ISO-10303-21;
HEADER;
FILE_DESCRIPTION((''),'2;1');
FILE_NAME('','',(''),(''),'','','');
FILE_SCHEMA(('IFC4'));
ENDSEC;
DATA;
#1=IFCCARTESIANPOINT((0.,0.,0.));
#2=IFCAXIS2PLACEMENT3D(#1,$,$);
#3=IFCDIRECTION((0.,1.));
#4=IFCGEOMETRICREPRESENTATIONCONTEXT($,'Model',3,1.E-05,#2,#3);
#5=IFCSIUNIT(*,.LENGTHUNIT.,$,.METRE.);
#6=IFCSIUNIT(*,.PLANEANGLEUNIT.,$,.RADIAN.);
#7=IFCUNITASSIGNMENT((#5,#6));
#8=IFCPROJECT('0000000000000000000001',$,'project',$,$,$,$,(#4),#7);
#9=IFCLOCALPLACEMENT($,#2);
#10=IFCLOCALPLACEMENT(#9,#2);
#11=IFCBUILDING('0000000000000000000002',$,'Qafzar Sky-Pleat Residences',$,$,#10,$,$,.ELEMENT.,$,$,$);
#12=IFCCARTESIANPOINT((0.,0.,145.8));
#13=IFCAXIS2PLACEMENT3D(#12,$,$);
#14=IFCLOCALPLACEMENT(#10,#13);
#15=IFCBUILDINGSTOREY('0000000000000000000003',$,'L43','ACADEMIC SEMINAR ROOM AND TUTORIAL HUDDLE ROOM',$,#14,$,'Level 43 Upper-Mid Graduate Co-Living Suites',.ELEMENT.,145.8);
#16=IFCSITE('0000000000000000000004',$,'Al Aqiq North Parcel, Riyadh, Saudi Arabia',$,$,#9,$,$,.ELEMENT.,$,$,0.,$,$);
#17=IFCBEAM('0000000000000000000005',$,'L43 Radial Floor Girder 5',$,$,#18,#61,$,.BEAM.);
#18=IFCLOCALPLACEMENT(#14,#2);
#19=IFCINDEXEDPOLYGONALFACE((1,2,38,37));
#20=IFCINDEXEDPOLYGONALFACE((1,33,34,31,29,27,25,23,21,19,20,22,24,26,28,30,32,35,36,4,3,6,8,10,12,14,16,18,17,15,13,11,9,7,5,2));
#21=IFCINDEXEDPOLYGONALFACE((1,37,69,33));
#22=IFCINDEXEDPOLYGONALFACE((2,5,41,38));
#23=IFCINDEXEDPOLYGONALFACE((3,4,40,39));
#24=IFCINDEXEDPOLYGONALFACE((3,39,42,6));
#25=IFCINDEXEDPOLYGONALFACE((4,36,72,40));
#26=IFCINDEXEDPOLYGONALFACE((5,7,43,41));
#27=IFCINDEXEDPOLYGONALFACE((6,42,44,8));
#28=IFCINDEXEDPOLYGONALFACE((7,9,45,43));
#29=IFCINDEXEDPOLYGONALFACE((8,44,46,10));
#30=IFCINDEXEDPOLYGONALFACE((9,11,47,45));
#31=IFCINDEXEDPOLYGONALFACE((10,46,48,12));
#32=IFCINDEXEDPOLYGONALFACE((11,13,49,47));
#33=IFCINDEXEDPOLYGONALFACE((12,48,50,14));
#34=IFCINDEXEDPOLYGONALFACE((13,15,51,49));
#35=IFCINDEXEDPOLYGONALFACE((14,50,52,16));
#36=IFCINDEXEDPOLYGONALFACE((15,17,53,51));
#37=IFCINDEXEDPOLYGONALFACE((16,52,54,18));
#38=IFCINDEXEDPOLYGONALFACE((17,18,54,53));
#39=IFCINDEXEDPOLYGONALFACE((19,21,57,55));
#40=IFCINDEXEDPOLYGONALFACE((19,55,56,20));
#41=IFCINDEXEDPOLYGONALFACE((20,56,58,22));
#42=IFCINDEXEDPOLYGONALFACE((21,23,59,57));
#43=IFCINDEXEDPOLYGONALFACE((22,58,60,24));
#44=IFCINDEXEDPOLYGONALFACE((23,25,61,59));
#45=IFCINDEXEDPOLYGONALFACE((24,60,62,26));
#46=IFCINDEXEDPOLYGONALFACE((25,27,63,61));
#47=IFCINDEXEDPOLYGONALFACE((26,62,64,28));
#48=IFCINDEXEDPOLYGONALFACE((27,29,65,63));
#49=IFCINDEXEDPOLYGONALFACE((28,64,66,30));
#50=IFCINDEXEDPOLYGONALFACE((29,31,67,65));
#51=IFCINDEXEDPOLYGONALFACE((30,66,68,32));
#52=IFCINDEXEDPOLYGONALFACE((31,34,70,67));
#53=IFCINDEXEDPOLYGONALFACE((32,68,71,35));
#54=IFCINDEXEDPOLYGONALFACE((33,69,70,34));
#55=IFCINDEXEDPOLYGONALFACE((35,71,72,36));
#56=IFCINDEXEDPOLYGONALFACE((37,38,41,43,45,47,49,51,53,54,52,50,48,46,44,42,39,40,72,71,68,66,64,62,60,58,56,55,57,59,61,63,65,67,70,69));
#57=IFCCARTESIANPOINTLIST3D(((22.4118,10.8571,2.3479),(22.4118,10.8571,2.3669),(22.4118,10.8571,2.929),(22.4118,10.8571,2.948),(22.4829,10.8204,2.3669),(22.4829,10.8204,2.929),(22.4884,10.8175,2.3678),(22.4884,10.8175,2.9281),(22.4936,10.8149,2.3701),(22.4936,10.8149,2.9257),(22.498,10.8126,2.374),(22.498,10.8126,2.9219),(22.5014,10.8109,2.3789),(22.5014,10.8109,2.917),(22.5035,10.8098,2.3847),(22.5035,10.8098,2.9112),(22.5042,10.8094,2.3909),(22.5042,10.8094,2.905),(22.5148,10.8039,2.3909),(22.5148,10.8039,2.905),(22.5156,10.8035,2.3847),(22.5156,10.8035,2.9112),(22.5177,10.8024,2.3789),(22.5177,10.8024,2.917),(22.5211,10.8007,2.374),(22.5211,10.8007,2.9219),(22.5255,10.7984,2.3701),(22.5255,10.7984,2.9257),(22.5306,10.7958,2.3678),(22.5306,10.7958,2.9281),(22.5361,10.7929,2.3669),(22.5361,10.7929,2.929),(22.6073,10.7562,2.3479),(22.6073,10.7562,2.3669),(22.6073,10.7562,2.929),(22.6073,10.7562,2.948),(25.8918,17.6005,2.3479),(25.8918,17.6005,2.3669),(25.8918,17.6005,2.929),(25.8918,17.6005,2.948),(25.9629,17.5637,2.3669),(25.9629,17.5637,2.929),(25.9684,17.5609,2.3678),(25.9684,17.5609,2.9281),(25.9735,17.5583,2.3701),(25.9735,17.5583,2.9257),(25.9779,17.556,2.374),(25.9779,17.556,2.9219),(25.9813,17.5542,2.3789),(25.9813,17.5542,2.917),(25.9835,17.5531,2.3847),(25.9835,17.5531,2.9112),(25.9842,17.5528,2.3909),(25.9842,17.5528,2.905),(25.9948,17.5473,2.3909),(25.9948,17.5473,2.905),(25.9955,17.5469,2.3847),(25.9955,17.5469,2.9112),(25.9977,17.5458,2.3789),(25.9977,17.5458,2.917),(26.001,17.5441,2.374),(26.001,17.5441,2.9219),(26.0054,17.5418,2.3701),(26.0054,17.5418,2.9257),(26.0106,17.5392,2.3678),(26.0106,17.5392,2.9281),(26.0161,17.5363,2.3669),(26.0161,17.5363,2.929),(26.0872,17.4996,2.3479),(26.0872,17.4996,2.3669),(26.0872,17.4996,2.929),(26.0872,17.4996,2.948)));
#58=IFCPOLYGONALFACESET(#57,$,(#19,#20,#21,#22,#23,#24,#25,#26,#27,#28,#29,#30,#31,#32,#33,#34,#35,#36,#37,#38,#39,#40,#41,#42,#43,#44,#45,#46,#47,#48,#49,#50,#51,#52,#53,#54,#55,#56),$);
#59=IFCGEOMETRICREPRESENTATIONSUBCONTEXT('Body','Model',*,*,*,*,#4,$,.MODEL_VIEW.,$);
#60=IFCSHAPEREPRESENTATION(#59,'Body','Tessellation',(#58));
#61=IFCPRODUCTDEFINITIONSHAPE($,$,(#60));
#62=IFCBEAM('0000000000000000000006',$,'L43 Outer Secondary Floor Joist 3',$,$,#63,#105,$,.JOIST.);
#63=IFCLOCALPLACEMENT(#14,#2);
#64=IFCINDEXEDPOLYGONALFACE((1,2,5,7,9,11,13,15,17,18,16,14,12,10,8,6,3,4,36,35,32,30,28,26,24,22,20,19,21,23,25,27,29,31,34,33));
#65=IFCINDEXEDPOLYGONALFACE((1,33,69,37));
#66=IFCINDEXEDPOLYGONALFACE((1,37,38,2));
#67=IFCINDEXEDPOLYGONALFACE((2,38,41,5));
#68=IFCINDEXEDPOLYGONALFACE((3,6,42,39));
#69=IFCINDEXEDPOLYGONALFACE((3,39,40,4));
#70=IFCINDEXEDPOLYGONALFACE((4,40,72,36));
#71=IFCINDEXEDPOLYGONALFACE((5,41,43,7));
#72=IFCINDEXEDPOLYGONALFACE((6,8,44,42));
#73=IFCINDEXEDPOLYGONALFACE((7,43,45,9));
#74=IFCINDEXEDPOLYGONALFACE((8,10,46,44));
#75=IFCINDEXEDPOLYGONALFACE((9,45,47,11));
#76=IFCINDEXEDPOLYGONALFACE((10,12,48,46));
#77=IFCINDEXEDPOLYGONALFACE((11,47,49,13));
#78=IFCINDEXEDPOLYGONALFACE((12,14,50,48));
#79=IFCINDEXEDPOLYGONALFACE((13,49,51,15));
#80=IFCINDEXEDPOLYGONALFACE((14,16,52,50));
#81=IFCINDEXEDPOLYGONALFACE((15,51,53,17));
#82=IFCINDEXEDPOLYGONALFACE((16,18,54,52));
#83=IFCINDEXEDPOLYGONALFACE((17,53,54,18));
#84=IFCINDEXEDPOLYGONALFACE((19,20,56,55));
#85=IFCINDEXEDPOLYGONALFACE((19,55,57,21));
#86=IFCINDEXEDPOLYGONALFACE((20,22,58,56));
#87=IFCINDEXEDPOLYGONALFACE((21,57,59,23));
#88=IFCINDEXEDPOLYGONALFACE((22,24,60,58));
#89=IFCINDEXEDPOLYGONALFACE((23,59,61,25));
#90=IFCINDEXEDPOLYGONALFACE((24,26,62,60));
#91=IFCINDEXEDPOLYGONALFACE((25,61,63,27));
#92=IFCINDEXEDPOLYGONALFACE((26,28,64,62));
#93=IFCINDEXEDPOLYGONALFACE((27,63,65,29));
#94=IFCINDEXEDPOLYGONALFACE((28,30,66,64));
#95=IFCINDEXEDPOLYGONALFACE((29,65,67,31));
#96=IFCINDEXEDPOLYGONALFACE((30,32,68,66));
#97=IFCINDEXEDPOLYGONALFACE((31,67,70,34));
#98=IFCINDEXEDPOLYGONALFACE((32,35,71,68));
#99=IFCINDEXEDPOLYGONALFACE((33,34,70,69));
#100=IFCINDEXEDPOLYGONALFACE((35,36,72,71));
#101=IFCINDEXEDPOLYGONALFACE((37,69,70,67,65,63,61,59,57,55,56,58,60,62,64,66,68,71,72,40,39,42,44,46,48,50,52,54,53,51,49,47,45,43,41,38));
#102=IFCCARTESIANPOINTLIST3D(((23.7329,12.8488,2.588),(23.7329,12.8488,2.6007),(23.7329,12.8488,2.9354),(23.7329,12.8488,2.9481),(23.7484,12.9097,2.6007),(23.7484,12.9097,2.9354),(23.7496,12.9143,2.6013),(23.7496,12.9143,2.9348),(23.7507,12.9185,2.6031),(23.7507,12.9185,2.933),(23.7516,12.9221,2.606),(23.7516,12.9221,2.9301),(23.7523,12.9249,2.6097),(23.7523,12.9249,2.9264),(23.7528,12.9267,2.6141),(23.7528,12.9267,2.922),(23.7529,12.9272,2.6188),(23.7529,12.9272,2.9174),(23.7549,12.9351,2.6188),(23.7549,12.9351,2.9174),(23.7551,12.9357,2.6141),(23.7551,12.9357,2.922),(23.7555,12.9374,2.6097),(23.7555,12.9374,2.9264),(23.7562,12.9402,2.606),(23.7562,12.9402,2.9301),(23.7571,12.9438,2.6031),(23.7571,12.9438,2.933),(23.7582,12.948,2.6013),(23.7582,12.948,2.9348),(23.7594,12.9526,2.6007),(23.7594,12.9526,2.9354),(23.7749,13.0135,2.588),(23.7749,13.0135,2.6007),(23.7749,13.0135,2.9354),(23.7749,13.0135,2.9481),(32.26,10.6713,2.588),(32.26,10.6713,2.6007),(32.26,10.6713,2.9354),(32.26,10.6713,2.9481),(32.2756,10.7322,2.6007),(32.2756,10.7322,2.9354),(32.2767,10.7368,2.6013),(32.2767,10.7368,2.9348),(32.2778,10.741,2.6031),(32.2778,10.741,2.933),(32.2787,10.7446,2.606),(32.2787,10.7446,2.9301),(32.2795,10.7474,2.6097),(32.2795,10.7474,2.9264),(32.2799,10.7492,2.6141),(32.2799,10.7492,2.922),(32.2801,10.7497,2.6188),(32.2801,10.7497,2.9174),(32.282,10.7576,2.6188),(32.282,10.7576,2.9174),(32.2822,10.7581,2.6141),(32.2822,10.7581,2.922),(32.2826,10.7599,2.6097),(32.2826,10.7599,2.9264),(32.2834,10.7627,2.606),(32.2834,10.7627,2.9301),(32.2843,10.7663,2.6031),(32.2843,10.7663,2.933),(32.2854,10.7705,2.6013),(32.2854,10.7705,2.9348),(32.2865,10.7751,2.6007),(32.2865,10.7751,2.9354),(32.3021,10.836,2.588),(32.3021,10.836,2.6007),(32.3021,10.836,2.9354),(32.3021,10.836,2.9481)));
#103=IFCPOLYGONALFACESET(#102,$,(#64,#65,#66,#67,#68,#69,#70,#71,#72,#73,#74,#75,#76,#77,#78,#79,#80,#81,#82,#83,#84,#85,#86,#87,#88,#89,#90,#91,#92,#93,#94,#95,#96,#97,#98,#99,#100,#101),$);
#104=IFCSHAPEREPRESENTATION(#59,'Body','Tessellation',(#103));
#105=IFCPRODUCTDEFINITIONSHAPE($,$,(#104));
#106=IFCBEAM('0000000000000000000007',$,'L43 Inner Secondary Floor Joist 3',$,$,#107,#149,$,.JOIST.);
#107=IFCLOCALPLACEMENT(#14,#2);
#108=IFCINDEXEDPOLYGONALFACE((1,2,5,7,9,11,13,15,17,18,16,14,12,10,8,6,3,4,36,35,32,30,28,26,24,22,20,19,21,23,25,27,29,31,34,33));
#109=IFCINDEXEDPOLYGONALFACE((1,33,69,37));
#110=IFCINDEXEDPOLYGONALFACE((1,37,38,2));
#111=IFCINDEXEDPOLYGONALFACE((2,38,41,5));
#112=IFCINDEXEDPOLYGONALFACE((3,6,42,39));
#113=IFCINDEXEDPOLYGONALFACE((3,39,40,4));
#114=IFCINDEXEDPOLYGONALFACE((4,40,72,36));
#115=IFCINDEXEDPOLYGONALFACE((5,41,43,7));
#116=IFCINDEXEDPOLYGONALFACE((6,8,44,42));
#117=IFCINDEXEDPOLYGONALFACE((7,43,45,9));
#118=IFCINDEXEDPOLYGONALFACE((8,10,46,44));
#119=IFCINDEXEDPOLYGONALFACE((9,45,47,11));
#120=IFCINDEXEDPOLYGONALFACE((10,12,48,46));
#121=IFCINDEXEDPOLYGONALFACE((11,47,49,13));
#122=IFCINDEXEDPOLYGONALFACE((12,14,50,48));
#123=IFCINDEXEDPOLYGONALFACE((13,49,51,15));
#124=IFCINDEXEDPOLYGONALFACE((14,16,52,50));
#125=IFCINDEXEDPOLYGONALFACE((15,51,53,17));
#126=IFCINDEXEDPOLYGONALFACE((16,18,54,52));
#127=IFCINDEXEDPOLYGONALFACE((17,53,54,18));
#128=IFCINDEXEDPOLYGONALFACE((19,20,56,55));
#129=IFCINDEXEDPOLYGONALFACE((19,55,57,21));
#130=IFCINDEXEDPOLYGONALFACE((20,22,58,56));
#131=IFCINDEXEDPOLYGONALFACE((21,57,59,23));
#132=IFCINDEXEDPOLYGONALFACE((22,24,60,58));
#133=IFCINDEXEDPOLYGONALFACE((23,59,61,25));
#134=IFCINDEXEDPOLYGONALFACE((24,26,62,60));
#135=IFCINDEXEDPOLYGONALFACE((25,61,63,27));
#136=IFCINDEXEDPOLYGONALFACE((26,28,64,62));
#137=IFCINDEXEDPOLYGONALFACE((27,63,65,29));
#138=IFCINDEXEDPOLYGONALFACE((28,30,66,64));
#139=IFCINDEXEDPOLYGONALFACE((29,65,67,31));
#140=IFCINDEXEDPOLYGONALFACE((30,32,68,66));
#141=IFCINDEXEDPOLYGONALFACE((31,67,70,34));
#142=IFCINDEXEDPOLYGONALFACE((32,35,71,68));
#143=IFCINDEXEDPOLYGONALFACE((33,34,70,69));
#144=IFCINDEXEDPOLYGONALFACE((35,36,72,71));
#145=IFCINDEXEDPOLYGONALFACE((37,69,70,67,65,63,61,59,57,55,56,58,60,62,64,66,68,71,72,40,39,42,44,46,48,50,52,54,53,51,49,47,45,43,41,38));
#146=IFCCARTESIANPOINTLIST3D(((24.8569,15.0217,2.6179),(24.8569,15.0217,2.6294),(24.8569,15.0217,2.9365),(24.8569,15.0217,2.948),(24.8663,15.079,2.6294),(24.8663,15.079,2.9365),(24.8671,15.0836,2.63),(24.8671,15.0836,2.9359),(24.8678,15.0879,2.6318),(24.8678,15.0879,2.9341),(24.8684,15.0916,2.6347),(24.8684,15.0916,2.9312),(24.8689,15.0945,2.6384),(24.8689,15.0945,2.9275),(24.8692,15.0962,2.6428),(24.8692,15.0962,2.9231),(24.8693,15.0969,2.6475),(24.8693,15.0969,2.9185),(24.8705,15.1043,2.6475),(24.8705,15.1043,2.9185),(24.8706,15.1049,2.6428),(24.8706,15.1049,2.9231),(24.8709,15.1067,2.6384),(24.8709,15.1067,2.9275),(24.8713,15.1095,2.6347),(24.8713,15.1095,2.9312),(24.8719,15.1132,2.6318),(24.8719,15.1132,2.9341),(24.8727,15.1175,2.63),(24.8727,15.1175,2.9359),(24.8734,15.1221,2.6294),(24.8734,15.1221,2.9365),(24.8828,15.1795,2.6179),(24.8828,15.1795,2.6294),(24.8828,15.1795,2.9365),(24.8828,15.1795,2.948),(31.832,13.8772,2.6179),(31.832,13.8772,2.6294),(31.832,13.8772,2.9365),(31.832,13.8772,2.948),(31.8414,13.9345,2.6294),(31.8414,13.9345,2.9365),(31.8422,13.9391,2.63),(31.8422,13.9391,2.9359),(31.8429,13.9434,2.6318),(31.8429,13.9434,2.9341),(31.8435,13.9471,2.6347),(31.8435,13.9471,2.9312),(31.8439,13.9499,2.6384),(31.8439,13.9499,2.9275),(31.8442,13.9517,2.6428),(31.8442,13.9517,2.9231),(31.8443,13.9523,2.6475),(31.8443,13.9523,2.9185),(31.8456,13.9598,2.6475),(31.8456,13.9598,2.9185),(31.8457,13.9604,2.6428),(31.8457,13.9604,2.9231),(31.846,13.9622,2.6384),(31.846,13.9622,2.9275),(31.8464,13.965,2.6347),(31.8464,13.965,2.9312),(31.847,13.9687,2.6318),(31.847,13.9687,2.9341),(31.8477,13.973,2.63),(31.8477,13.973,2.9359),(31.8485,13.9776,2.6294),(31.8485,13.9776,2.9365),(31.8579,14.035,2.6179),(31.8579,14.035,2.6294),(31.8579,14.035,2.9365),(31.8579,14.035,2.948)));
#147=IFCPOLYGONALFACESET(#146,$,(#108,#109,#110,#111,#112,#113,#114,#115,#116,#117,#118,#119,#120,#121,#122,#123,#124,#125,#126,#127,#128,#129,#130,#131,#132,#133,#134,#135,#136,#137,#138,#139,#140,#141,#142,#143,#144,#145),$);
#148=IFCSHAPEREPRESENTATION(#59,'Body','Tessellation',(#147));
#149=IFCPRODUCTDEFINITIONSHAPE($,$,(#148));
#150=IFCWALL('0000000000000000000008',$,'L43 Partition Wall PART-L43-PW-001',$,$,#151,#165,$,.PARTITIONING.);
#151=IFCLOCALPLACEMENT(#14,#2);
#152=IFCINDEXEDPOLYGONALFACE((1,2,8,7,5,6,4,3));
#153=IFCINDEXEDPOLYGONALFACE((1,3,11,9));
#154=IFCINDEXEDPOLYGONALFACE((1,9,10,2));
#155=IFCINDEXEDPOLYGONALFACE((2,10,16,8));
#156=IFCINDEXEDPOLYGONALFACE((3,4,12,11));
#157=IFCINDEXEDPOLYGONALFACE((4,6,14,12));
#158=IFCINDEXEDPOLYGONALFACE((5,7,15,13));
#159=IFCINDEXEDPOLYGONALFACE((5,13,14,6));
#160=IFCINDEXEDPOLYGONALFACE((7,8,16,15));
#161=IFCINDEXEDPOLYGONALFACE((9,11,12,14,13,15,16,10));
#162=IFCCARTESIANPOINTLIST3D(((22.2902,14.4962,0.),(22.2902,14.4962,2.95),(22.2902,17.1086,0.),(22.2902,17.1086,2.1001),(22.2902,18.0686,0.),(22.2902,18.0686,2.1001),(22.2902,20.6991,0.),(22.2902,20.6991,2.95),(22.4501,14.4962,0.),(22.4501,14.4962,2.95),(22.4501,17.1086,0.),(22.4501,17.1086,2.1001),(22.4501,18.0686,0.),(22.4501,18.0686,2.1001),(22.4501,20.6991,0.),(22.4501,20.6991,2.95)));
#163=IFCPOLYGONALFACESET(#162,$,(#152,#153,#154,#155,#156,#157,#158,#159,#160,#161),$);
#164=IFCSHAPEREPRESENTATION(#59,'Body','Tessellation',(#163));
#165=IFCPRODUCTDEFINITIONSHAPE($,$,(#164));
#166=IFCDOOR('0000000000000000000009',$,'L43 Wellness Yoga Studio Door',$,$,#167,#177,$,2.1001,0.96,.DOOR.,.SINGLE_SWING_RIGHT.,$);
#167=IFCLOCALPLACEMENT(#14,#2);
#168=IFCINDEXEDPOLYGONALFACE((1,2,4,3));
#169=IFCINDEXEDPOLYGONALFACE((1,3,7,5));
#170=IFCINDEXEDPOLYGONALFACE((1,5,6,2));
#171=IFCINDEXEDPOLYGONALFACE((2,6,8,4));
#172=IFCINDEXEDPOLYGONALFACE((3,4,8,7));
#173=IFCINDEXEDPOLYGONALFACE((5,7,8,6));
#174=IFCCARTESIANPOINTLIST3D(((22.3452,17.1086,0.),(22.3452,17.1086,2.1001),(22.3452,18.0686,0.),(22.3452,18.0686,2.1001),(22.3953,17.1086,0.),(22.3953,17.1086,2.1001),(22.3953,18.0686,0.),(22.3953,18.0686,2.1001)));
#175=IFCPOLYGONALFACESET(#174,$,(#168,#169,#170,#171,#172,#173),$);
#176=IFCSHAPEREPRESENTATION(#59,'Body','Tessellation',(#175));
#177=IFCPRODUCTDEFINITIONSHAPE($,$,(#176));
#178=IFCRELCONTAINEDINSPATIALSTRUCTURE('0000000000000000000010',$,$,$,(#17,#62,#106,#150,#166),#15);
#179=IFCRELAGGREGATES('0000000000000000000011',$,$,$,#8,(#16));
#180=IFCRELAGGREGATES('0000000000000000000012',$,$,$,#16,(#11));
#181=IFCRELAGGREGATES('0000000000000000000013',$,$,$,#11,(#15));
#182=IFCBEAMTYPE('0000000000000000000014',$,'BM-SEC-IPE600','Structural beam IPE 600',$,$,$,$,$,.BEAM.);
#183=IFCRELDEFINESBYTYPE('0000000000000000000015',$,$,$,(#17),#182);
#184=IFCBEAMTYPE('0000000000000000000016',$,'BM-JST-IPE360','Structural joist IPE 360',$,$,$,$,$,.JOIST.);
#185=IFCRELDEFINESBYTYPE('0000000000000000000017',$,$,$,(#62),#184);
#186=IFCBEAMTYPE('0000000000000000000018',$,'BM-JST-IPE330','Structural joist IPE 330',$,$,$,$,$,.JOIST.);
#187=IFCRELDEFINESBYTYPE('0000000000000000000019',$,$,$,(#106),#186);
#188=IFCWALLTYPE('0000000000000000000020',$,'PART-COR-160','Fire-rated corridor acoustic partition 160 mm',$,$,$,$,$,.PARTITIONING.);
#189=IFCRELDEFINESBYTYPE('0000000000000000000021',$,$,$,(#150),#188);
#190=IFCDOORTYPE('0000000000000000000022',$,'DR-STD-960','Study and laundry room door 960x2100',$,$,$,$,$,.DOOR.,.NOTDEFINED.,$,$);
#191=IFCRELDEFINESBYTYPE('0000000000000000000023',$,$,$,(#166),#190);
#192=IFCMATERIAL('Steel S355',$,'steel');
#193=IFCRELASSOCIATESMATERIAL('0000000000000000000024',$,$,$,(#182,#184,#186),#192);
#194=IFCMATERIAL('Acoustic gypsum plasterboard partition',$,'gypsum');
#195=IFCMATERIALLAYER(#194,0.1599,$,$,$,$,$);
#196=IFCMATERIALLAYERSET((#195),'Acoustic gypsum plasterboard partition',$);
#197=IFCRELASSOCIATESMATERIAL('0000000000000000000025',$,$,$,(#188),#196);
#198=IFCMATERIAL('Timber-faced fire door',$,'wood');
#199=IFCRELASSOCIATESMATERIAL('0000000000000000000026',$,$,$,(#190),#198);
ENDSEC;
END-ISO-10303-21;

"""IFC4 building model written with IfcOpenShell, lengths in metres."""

from ifc_helpers import new_model, si_unit, direction, frame, frame_2d, origin, origin_2d, place, context, subcontext, project, spatial, rectangle, i_section, extrude, source, transform, mapped, material, layer, layer_set, material_profile, profile_set, type_object, element, fill, save


model = new_model("IFC4")

# Units and contexts
model_context = context("Model", 3, precision=1e-05, world=origin(), true_north=direction((0.0, 1.0)))
body_context = subcontext(model_context, "Body", "Model", "MODEL_VIEW")
ifc_project = project(units=[si_unit("LENGTHUNIT", "METRE"), si_unit("PLANEANGLEUNIT", "RADIAN")], contexts=[model_context])

# Site, building, storey
site_placement = place(None, origin())
site = spatial("IfcSite", under=ifc_project, at=site_placement, Name="Al Aqiq North Parcel, Riyadh, Saudi Arabia", CompositionType="ELEMENT", RefElevation=0.0)
building_placement = place(site_placement, origin())
building = spatial("IfcBuilding", under=site, at=building_placement, Name="Qafzar Sky-Pleat Residences", CompositionType="ELEMENT")
storey_placement = place(building_placement, frame((0.0, 0.0, 145.8)))
storey = spatial("IfcBuildingStorey", under=building, at=storey_placement, Name="L43", Description="ACADEMIC SEMINAR ROOM AND TUTORIAL HUDDLE ROOM", LongName="Level 43 Upper-Mid Graduate Co-Living Suites", CompositionType="ELEMENT", Elevation=145.8)

# Shared definitions
ifc_material_1 = material(Name="Steel S355", Category="steel")

# Beams
ifc_material_profile_1 = material_profile(ifc_material_1, i_section(OverallWidth=0.22, OverallDepth=0.6001, WebThickness=0.012, FlangeThickness=0.019, FilletRadius=0.0239, at=origin_2d()), Name="IPE 600")
ifc_profile_set_1 = profile_set([ifc_material_profile_1], Name="Steel S355")
beam_type_1 = type_object("IfcBeamType", Name="BM-SEC-IPE600", Description="Structural beam IPE 600", PredefinedType="BEAM", material=ifc_profile_set_1)
shared_shape_1 = source(origin(), body_context, "Body", "SweptSolid", [
    extrude(i_section(OverallWidth=0.22, OverallDepth=0.6001, WebThickness=0.012, FlangeThickness=0.019, FilletRadius=0.0239, at=origin_2d()), origin(), (0.0, 0.0, 1.0), 7.5884),
])
beam_1_placement = place(storey_placement, frame((22.5095, 10.8066, 2.6479), z_axis=(0.458592, 0.888647, 0.0), x_axis=(-0.888647, 0.458592, 0.0)))
element("IfcBeam", 1, at=beam_1_placement, inside=storey, type_object=beam_type_1, Name="L43 Radial Floor Girder 5", PredefinedType="BEAM", context=body_context, shape_type="MappedRepresentation", body=[
    mapped(shared_shape_1, transform((0.0, 0.0, 0.0), x_axis=(1.0, 0.0, 0.0), y_axis=(0.0, 1.0, 0.0), z_axis=(0.0, 0.0, 1.0), scale=1.0)),
])
ifc_material_profile_2 = material_profile(ifc_material_1, i_section(OverallWidth=0.1699, OverallDepth=0.3601, WebThickness=0.0081, FlangeThickness=0.0127, FilletRadius=0.0181, at=origin_2d()), Name="IPE 360")
ifc_profile_set_2 = profile_set([ifc_material_profile_2], Name="Steel S355")
beam_type_2 = type_object("IfcBeamType", Name="BM-JST-IPE360", Description="Structural joist IPE 360", PredefinedType="JOIST", material=ifc_profile_set_2)
shared_shape_2 = source(origin(), body_context, "Body", "SweptSolid", [
    extrude(i_section(OverallWidth=0.1699, OverallDepth=0.3601, WebThickness=0.0081, FlangeThickness=0.0127, FilletRadius=0.0181, at=origin_2d()), origin(), (0.0, 0.0, 1.0), 8.8008),
])
beam_2_placement = place(storey_placement, frame((23.7539, 12.9312, 2.7681), z_axis=(0.968908, -0.247421, 0.0), x_axis=(0.247421, 0.968908, 0.0)))
element("IfcBeam", 2, at=beam_2_placement, inside=storey, type_object=beam_type_2, Name="L43 Outer Secondary Floor Joist 3", PredefinedType="JOIST", context=body_context, shape_type="MappedRepresentation", body=[
    mapped(shared_shape_2, transform((0.0, 0.0, 0.0), x_axis=(1.0, 0.0, 0.0), y_axis=(0.0, 1.0, 0.0), z_axis=(0.0, 0.0, 1.0), scale=1.0)),
])
ifc_material_profile_3 = material_profile(ifc_material_1, i_section(OverallWidth=0.1599, OverallDepth=0.3301, WebThickness=0.0076, FlangeThickness=0.0115, FilletRadius=0.0181, at=origin_2d()), Name="IPE 330")
ifc_profile_set_3 = profile_set([ifc_material_profile_3], Name="Steel S355")
beam_type_3 = type_object("IfcBeamType", Name="BM-JST-IPE330", Description="Structural joist IPE 330", PredefinedType="JOIST", material=ifc_profile_set_3)
shared_shape_3 = source(origin(), body_context, "Body", "SweptSolid", [
    extrude(i_section(OverallWidth=0.1599, OverallDepth=0.3301, WebThickness=0.0076, FlangeThickness=0.0115, FilletRadius=0.0181, at=origin_2d()), origin(), (0.0, 0.0, 1.0), 7.0684),
])
beam_3_placement = place(storey_placement, frame((24.8699, 15.1006, 2.783), z_axis=(0.986803, -0.161923, 0.0), x_axis=(0.161923, 0.986803, 0.0)))
element("IfcBeam", 3, at=beam_3_placement, inside=storey, type_object=beam_type_3, Name="L43 Inner Secondary Floor Joist 3", PredefinedType="JOIST", context=body_context, shape_type="MappedRepresentation", body=[
    mapped(shared_shape_3, transform((0.0, 0.0, 0.0), x_axis=(1.0, 0.0, 0.0), y_axis=(0.0, 1.0, 0.0), z_axis=(0.0, 0.0, 1.0), scale=1.0)),
])

# Wall, opening, door
ifc_material_2 = material(Name="Acoustic gypsum plasterboard partition", Category="gypsum")
ifc_layer_1 = layer(ifc_material_2, 0.1599)
ifc_layer_set_1 = layer_set([ifc_layer_1], Name="Acoustic gypsum plasterboard partition")
wall_type_1 = type_object("IfcWallType", Name="PART-COR-160", Description="Fire-rated corridor acoustic partition 160 mm", PredefinedType="PARTITIONING", material=ifc_layer_set_1)
wall_1_placement = place(storey_placement, frame((22.3701, 14.4961, 0.0), z_axis=(0.0, 0.0, 1.0), x_axis=(0.0, 1.0, 0.0)))
wall_1 = element("IfcWall", 4, at=wall_1_placement, inside=storey, type_object=wall_type_1, Name="L43 Partition Wall PART-L43-PW-001", PredefinedType="PARTITIONING", context=body_context, shape_type="SweptSolid", body=[
    extrude(rectangle(XDim=6.2029, YDim=0.1599, at=frame_2d((3.1016, 0.0))), origin(), (0.0, 0.0, 1.0), 2.95),
])
opening_1_placement = place(wall_1_placement, frame((2.6125, 0.0, 0.0)))
opening_1 = element("IfcOpeningElement", 5, at=opening_1_placement, cuts=wall_1, PredefinedType="OPENING", context=body_context, shape_type="SweptSolid", body=[
    extrude(rectangle(XDim=0.96, YDim=2.1001, at=frame_2d((0.48, 1.05))), frame((0.0, 0.0898, 0.0), z_axis=(0.0, -1.0, 0.0), x_axis=(1.0, 0.0, 0.0)), (0.0, 0.0, 1.0), 0.1799),
])
ifc_material_3 = material(Name="Timber-faced fire door", Category="wood")
door_type = type_object("IfcDoorType", Name="DR-STD-960", Description="Study and laundry room door 960x2100", OperationType="NOTDEFINED", PredefinedType="DOOR", material=ifc_material_3)
shared_shape_4 = source(origin(), body_context, "Body", "SweptSolid", [
    extrude(rectangle(XDim=0.96, YDim=2.1001, at=frame_2d((0.48, 1.05))), frame((0.0, 0.0249, 0.0), z_axis=(0.0, -1.0, 0.0), x_axis=(1.0, 0.0, 0.0)), (0.0, 0.0, 1.0), 0.05),
])
door_placement = place(opening_1_placement, origin())
door = element("IfcDoor", 6, at=door_placement, inside=storey, type_object=door_type, Name="L43 Wellness Yoga Studio Door", OperationType="SINGLE_SWING_RIGHT", OverallHeight=2.1001, OverallWidth=0.96, PredefinedType="DOOR", context=body_context, shape_type="MappedRepresentation", body=[
    mapped(shared_shape_4, transform((0.0, 0.0, 0.0), x_axis=(1.0, 0.0, 0.0), y_axis=(0.0, 1.0, 0.0), z_axis=(0.0, 0.0, 1.0), scale=1.0)),
])
fill(opening_1, door)

save(model, "model.ifc")
